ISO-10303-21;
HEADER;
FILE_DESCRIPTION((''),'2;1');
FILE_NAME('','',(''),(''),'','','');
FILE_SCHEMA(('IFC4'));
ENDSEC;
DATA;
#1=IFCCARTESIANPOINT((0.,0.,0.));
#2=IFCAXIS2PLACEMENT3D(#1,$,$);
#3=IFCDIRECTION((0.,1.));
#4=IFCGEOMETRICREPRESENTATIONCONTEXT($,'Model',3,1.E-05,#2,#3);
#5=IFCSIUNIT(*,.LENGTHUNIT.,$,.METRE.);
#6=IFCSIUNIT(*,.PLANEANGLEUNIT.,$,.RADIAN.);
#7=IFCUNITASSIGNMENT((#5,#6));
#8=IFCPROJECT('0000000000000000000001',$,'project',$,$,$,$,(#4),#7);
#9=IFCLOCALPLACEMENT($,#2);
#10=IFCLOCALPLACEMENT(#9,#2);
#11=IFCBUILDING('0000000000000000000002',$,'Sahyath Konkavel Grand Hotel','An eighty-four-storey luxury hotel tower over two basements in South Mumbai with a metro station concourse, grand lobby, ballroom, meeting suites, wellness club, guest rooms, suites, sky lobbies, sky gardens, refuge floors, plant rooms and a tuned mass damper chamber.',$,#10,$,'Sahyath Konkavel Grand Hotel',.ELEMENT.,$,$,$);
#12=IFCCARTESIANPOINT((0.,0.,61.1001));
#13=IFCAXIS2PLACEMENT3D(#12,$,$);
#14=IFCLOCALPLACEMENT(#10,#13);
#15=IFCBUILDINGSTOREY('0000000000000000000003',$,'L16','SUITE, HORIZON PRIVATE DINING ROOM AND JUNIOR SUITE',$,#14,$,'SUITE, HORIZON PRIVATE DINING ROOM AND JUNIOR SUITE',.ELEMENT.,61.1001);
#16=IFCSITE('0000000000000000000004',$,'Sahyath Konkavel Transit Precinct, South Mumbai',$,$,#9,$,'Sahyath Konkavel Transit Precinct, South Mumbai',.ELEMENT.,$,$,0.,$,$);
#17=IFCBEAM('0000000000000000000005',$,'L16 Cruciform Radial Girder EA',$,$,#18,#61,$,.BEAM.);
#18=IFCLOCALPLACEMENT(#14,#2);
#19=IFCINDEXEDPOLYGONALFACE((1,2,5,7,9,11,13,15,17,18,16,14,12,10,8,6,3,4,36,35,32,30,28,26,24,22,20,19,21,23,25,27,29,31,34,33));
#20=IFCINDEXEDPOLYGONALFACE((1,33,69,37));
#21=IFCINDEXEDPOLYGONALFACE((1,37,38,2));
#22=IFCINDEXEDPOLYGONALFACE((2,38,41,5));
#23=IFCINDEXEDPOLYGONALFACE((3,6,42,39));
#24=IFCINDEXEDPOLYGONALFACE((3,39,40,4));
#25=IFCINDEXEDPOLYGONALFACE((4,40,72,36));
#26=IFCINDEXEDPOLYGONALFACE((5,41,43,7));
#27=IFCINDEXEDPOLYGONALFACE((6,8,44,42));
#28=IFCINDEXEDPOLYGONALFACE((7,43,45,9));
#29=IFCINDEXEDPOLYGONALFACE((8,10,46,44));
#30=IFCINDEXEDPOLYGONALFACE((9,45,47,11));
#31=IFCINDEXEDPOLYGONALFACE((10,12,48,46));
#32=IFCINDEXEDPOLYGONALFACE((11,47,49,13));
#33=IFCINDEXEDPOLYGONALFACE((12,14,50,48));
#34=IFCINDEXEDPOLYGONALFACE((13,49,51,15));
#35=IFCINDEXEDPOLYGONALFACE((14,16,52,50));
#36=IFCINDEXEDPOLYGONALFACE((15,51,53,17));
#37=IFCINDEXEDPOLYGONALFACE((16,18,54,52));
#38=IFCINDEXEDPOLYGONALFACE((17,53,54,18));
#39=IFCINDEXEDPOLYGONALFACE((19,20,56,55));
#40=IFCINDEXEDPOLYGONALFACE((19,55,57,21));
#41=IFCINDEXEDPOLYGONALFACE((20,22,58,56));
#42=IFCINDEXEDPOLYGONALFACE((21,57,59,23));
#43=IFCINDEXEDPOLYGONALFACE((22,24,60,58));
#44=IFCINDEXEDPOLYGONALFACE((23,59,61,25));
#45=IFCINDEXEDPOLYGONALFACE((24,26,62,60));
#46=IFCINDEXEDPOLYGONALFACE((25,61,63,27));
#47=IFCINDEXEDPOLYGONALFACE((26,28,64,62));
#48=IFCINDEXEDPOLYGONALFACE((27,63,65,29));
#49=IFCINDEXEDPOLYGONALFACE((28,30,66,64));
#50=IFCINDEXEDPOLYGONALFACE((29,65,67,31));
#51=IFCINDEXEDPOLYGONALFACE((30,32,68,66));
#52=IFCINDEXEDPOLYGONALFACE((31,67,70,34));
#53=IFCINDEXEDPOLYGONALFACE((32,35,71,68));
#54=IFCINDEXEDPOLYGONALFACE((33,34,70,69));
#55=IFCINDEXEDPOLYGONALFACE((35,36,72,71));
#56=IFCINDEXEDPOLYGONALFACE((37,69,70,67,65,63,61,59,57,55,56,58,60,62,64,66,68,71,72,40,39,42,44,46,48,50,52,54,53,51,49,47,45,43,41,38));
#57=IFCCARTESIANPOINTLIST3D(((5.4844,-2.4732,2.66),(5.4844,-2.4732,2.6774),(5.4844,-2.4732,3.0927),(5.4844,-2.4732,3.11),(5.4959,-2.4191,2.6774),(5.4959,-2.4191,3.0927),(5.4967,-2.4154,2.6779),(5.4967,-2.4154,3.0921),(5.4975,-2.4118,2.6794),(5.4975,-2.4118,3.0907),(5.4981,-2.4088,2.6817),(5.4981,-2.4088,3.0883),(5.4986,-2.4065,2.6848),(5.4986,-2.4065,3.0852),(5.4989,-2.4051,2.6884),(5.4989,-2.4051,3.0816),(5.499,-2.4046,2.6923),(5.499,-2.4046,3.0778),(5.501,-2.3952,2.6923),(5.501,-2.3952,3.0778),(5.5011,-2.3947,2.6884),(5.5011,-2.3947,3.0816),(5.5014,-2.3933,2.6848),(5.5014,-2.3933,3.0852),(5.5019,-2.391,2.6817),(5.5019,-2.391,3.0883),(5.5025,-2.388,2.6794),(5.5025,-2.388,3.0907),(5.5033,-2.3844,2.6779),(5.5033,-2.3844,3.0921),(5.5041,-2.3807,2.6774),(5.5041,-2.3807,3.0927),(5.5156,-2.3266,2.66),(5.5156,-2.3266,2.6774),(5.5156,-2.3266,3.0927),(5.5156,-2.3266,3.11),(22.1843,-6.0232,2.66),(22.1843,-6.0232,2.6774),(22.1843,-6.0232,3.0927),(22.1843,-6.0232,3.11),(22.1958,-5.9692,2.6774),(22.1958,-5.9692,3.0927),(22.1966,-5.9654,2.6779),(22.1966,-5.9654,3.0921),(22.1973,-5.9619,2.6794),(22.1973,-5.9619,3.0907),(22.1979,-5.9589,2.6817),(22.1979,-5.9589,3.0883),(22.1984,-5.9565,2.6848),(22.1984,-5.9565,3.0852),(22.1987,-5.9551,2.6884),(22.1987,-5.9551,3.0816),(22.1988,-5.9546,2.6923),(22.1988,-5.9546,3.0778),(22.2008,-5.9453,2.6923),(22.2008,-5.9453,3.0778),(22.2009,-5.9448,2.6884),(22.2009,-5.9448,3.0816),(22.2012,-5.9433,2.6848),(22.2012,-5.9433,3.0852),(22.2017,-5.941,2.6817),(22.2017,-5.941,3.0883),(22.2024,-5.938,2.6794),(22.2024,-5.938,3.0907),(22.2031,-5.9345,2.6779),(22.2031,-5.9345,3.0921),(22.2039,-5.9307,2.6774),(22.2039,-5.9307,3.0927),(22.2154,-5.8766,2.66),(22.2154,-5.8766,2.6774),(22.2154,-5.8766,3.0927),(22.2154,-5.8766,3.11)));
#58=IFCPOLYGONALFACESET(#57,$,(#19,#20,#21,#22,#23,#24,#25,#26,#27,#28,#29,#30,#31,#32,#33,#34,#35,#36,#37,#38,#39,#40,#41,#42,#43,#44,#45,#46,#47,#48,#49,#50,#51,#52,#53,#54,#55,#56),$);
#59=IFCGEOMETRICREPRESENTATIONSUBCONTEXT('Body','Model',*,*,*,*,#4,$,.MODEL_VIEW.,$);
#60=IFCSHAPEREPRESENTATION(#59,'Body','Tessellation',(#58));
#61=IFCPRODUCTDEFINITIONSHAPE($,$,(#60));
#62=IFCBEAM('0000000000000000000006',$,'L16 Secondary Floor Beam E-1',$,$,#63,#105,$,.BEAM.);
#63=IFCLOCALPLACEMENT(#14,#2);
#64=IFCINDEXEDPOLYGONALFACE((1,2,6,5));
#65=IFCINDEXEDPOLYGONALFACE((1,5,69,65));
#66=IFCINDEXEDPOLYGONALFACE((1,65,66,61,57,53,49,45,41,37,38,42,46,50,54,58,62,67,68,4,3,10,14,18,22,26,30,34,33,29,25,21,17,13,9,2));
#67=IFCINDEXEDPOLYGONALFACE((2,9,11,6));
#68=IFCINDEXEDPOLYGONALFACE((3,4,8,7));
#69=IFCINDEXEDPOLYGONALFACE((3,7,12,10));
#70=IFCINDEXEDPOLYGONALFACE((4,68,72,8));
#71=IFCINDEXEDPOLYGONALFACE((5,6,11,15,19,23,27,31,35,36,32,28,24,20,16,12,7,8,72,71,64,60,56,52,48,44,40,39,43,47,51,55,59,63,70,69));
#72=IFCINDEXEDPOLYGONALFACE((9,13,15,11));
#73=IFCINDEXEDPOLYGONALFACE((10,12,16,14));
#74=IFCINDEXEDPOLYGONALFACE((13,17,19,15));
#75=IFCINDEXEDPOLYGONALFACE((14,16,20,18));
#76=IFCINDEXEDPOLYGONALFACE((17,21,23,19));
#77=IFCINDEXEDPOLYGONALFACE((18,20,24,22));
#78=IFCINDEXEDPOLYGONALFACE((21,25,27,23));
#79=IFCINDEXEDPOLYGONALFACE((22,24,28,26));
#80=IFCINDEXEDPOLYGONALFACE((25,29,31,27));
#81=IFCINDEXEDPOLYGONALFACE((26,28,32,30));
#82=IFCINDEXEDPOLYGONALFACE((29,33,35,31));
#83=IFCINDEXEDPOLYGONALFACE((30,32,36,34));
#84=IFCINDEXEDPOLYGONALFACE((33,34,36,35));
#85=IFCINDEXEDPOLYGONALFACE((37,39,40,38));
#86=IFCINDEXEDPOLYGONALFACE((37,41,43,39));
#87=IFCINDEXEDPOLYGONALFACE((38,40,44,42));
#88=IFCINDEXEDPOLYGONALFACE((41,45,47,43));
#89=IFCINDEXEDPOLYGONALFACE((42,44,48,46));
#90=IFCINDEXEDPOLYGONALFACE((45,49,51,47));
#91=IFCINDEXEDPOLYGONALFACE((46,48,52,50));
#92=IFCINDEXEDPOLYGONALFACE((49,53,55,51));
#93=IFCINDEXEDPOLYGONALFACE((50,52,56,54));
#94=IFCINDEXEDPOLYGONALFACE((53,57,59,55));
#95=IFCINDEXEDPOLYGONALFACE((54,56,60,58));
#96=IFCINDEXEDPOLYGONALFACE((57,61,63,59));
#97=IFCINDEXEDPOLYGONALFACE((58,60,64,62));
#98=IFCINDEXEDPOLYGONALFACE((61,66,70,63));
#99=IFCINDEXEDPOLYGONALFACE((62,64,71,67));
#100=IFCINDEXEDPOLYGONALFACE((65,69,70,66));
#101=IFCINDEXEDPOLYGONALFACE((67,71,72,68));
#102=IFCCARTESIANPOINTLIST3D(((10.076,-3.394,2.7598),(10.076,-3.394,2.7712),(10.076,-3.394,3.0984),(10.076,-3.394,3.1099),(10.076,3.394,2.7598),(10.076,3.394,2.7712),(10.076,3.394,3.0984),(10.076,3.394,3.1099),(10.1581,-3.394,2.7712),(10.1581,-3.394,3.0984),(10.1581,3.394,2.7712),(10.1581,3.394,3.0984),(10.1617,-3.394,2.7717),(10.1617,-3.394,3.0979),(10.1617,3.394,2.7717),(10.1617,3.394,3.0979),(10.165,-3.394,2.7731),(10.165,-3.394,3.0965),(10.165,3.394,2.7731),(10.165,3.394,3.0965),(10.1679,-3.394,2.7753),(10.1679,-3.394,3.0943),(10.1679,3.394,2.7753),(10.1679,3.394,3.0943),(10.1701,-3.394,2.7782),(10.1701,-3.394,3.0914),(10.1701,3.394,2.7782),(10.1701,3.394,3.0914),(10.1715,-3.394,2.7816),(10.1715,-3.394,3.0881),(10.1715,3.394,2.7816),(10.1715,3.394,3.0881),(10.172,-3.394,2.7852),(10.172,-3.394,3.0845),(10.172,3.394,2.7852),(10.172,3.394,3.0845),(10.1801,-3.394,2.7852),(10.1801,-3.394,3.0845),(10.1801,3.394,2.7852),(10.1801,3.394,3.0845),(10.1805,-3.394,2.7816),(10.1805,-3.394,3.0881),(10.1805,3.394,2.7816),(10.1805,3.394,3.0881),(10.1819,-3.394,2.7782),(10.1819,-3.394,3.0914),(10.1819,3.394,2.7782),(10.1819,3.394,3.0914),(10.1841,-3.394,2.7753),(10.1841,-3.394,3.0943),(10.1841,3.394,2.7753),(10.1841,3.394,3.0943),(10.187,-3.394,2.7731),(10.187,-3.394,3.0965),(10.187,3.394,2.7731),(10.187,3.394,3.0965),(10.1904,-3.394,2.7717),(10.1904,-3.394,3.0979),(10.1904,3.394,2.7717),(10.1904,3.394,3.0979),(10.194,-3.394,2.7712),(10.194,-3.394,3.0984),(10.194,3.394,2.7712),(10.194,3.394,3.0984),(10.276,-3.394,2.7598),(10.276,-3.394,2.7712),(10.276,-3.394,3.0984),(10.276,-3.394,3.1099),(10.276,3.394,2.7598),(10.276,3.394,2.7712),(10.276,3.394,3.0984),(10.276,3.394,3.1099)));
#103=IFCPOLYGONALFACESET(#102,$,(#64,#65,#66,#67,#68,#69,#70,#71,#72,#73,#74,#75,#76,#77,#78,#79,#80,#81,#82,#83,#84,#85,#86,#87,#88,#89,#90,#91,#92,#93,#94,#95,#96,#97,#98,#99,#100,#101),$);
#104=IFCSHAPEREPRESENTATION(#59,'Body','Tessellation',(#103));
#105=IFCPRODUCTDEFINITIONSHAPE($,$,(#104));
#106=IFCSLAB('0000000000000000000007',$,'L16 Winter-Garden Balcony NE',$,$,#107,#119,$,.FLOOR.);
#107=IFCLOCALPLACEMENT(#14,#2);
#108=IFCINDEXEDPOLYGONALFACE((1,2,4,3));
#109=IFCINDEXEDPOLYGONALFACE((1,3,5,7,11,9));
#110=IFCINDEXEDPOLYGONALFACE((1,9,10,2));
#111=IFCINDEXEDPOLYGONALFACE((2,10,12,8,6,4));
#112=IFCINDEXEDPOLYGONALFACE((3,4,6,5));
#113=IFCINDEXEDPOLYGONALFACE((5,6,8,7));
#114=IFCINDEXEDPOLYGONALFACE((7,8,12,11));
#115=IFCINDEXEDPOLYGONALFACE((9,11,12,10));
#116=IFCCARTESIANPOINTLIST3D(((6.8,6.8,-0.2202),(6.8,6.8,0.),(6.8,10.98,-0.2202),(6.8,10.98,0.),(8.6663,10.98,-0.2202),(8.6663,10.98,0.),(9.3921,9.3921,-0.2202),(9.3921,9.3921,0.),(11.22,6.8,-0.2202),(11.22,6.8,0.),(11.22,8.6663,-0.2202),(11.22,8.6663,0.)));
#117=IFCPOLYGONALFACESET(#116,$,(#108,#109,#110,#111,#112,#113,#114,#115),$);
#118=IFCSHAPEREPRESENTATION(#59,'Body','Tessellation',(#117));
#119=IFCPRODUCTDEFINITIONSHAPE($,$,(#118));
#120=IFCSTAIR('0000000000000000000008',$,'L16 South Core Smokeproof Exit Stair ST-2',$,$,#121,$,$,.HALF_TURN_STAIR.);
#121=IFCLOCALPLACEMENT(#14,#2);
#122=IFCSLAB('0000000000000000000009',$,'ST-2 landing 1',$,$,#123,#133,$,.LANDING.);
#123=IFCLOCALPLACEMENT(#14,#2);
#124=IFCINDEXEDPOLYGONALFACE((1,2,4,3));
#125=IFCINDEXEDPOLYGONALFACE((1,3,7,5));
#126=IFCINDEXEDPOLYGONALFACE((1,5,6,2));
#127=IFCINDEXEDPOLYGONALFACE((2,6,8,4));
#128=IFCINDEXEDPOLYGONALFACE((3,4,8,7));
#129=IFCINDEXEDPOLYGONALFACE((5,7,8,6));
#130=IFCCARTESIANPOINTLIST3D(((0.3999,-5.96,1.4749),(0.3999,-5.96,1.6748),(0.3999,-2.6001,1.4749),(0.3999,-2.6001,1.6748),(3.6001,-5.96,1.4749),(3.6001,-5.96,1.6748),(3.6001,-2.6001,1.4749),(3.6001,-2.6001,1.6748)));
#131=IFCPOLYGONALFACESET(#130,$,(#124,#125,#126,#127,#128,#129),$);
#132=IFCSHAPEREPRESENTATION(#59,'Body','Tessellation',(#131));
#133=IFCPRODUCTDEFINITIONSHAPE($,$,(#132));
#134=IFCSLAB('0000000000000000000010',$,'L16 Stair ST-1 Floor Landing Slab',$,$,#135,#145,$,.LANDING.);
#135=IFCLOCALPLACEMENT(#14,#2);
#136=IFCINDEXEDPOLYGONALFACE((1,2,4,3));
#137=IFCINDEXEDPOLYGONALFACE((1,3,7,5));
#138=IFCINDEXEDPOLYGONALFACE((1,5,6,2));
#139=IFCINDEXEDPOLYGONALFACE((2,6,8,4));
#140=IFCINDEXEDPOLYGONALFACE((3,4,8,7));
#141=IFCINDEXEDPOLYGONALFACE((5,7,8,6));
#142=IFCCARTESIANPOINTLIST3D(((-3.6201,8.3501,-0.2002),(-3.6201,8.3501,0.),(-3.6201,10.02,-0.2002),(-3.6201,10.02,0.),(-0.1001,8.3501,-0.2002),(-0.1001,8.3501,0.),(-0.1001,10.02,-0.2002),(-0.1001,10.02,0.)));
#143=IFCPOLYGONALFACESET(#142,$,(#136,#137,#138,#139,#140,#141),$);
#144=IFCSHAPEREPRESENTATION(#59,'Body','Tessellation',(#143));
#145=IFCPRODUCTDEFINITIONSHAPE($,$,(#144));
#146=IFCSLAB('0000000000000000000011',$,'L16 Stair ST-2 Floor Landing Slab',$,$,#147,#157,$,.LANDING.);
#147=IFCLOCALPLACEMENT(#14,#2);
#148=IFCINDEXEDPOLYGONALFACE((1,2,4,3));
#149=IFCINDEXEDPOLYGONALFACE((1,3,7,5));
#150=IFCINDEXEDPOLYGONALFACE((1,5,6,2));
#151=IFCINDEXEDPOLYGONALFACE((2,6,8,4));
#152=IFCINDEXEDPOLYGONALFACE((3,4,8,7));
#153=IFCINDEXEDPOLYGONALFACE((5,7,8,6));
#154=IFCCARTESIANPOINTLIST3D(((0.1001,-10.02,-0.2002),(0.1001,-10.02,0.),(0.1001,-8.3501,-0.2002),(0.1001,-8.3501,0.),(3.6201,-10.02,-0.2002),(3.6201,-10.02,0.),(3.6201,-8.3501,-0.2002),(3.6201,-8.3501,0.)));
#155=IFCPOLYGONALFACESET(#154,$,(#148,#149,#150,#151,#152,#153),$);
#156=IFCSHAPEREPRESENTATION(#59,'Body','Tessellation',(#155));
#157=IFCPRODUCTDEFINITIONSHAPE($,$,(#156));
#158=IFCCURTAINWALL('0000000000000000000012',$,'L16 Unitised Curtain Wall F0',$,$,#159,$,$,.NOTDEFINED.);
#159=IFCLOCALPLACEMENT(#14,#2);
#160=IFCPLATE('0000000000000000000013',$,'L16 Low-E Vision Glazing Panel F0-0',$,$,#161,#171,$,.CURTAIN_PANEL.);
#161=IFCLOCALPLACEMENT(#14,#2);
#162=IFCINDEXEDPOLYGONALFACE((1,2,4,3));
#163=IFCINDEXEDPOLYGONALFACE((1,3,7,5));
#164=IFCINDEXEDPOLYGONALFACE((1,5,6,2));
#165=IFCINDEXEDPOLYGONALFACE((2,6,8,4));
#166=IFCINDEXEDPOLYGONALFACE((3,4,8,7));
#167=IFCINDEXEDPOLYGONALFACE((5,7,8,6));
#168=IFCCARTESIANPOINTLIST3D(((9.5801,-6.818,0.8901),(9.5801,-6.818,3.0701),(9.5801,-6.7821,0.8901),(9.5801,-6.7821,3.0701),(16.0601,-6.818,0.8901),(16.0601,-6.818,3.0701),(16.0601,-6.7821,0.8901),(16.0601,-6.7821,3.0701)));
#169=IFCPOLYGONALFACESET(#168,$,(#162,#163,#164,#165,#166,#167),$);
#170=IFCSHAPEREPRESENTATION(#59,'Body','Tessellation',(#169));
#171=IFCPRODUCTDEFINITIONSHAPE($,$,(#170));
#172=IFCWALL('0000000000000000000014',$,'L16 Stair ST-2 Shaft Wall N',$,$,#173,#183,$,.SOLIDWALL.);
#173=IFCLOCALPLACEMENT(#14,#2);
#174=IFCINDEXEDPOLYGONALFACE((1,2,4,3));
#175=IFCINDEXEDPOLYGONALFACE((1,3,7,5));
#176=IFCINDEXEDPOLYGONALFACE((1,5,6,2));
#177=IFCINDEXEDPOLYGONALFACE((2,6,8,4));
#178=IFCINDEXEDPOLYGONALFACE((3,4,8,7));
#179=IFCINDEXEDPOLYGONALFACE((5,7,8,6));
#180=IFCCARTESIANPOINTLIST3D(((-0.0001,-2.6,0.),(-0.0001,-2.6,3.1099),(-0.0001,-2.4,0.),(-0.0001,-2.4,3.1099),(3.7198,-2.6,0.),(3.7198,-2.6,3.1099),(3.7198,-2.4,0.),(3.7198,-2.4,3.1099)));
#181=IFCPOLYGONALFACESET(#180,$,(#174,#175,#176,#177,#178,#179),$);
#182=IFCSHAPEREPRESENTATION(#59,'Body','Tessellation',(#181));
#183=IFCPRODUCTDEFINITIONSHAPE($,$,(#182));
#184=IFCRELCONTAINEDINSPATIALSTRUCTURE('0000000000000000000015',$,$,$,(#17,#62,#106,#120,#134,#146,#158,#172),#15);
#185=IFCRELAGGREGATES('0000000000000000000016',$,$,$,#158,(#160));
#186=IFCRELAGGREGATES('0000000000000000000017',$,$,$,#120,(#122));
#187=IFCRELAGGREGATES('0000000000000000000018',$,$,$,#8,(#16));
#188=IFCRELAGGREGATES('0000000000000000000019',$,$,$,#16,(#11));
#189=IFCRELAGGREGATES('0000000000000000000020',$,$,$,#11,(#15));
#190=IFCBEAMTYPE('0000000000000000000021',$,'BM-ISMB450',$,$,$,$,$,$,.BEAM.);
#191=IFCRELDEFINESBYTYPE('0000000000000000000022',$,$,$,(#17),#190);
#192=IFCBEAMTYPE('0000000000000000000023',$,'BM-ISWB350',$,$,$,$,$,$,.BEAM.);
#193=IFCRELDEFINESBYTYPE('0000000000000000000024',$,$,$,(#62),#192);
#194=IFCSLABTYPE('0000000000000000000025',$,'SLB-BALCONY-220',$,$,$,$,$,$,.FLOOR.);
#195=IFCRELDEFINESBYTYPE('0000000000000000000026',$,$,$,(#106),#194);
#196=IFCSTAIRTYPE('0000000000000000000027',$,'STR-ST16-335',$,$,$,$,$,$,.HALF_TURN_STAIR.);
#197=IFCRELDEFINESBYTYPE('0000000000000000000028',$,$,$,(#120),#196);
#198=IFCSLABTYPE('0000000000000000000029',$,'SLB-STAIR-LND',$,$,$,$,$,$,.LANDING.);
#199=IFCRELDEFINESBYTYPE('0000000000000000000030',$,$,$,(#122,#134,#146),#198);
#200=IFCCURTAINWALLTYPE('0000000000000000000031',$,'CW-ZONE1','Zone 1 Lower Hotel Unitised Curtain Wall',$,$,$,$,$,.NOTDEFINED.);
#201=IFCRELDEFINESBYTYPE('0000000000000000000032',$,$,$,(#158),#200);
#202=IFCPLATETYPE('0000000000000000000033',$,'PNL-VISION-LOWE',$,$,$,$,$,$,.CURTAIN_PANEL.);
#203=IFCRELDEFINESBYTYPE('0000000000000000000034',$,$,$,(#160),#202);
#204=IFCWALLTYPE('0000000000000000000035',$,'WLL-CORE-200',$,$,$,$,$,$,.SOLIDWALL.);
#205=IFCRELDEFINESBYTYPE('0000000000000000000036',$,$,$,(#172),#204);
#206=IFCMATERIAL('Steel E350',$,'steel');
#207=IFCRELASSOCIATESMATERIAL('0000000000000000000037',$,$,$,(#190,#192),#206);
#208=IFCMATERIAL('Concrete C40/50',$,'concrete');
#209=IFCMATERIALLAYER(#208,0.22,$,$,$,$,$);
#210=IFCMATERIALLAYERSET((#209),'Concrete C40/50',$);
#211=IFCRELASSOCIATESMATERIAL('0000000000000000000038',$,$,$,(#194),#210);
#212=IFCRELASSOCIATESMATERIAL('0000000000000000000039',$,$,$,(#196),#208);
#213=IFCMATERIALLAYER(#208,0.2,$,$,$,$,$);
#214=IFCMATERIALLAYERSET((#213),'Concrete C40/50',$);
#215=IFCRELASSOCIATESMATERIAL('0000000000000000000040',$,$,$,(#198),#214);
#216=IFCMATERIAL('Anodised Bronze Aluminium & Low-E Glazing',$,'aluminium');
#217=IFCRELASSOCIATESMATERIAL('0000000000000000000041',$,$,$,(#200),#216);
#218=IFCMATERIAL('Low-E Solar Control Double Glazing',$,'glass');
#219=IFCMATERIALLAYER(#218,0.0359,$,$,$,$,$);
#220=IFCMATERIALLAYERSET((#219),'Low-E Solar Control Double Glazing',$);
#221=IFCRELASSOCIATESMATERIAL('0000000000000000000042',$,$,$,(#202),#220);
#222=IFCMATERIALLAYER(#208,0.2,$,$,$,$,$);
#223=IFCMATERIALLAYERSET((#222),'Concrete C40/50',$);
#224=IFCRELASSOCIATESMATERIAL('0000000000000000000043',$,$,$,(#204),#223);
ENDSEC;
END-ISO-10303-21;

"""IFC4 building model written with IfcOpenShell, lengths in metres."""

from ifc_helpers import new_model, si_unit, direction, frame, frame_2d, origin, origin_2d, place, context, subcontext, project, spatial, polyline, rectangle, i_section, outline, extrude, source, transform, mapped, material, layer, layer_set, material_profile, profile_set, type_object, element, aggregate, save


model = new_model("IFC4")

# Units and contexts
model_context = context("Model", 3, precision=1e-05, world=origin(), true_north=direction((0.0, 1.0)))
body_context = subcontext(model_context, "Body", "Model", "MODEL_VIEW")
ifc_project = project(units=[si_unit("LENGTHUNIT", "METRE"), si_unit("PLANEANGLEUNIT", "RADIAN")], contexts=[model_context])

# Site, building, storey
site_placement = place(None, origin())
site = spatial("IfcSite", under=ifc_project, at=site_placement, Name="Sahyath Konkavel Transit Precinct, South Mumbai", LongName="Sahyath Konkavel Transit Precinct, South Mumbai", CompositionType="ELEMENT", RefElevation=0.0)
building_placement = place(site_placement, origin())
building = spatial("IfcBuilding", under=site, at=building_placement, Name="Sahyath Konkavel Grand Hotel", Description="An eighty-four-storey luxury hotel tower over two basements in South Mumbai with a metro station concourse, grand lobby, ballroom, meeting suites, wellness club, guest rooms, suites, sky lobbies, sky gardens, refuge floors, plant rooms and a tuned mass damper chamber.", LongName="Sahyath Konkavel Grand Hotel", CompositionType="ELEMENT")
storey_placement = place(building_placement, frame((0.0, 0.0, 61.1001)))
storey = spatial("IfcBuildingStorey", under=building, at=storey_placement, Name="L16", Description="SUITE, HORIZON PRIVATE DINING ROOM AND JUNIOR SUITE", LongName="SUITE, HORIZON PRIVATE DINING ROOM AND JUNIOR SUITE", CompositionType="ELEMENT", Elevation=61.1001)

# Beams
ifc_material_1 = material(Name="Steel E350", Category="steel")
ifc_material_profile_1 = material_profile(ifc_material_1, i_section(OverallWidth=0.1499, OverallDepth=0.45, WebThickness=0.0095, FlangeThickness=0.0173, FilletRadius=0.0149, at=origin_2d()), Name="ISMB 450")
ifc_profile_set_1 = profile_set([ifc_material_profile_1], Name="Steel E350")
beam_type_1 = type_object("IfcBeamType", Name="BM-ISMB450", PredefinedType="BEAM", material=ifc_profile_set_1)
shared_shape_1 = source(origin(), body_context, "Body", "SweptSolid", [
    extrude(i_section(OverallWidth=0.1499, OverallDepth=0.45, WebThickness=0.0095, FlangeThickness=0.0173, FilletRadius=0.0149, at=origin_2d()), origin(), (0.0, 0.0, 1.0), 17.073),
])
beam_1_placement = place(storey_placement, frame((5.5, -2.3999, 2.885), z_axis=(0.978143, -0.207932, 0.0), x_axis=(0.207932, 0.978143, 0.0)))
element("IfcBeam", 1, at=beam_1_placement, inside=storey, type_object=beam_type_1, Name="L16 Cruciform Radial Girder EA", PredefinedType="BEAM", context=body_context, shape_type="MappedRepresentation", body=[
    mapped(shared_shape_1, transform((0.0, 0.0, 0.0), scale=1.0)),
])
ifc_material_profile_2 = material_profile(ifc_material_1, i_section(OverallWidth=0.2, OverallDepth=0.3501, WebThickness=0.0081, FlangeThickness=0.0115, FilletRadius=0.0139, at=origin_2d()), Name="ISWB 350")
ifc_profile_set_2 = profile_set([ifc_material_profile_2], Name="Steel E350")
beam_type_2 = type_object("IfcBeamType", Name="BM-ISWB350", PredefinedType="BEAM", material=ifc_profile_set_2)
shared_shape_2 = source(origin(), body_context, "Body", "SweptSolid", [
    extrude(i_section(OverallWidth=0.2, OverallDepth=0.3501, WebThickness=0.0081, FlangeThickness=0.0115, FilletRadius=0.0139, at=origin_2d()), origin(), (0.0, 0.0, 1.0), 6.7881),
])
beam_2_placement = place(storey_placement, frame((10.176, -3.394, 2.9348), z_axis=(0.0, 1.0, 0.0), x_axis=(-1.0, 0.0, 0.0)))
element("IfcBeam", 2, at=beam_2_placement, inside=storey, type_object=beam_type_2, Name="L16 Secondary Floor Beam E-1", PredefinedType="BEAM", context=body_context, shape_type="MappedRepresentation", body=[
    mapped(shared_shape_2, transform((0.0, 0.0, 0.0), scale=1.0)),
])

# Slab
ifc_material_2 = material(Name="Concrete C40/50", Category="concrete")
ifc_layer_1 = layer(ifc_material_2, 0.22)
ifc_layer_set_1 = layer_set([ifc_layer_1], Name="Concrete C40/50")
slab_type_1 = type_object("IfcSlabType", Name="SLB-BALCONY-220", PredefinedType="FLOOR", material=ifc_layer_set_1)
slab_1_placement = place(storey_placement, frame((0.0, 0.0, -0.2202)))
element("IfcSlab", 3, at=slab_1_placement, inside=storey, type_object=slab_type_1, Name="L16 Winter-Garden Balcony NE", PredefinedType="FLOOR", context=body_context, shape_type="SweptSolid", body=[
    extrude(outline(polyline([(6.8, 6.8), (11.22, 6.8), (11.22, 8.6663), (9.3921, 9.3921), (8.6663, 10.98), (6.8, 10.98), (6.8, 6.8)])), origin(), (0.0, 0.0, 1.0), 0.2202),
])

# Stair, slab
stair_type = type_object("IfcStairType", Name="STR-ST16-335", PredefinedType="HALF_TURN_STAIR", material=ifc_material_2)
stair_placement = place(storey_placement, origin())
stair = element("IfcStair", 4, at=stair_placement, inside=storey, type_object=stair_type, Name="L16 South Core Smokeproof Exit Stair ST-2", PredefinedType="HALF_TURN_STAIR")
ifc_layer_2 = layer(ifc_material_2, 0.2)
ifc_layer_set_2 = layer_set([ifc_layer_2], Name="Concrete C40/50")
slab_type_2 = type_object("IfcSlabType", Name="SLB-STAIR-LND", PredefinedType="LANDING", material=ifc_layer_set_2)
slab_2_placement = place(storey_placement, frame((0.0, 0.0, 1.4749)))
slab_2 = element("IfcSlab", 5, at=slab_2_placement, type_object=slab_type_2, Name="ST-2 landing 1", PredefinedType="LANDING", context=body_context, shape_type="SweptSolid", body=[
    extrude(outline(polyline([(3.6001, -5.96), (3.6001, -2.6001), (0.3999, -2.6001), (0.3999, -5.96), (3.6001, -5.96)])), origin(), (0.0, 0.0, 1.0), 0.2),
])

# Slabs
slab_3_placement = place(storey_placement, frame((0.0, 0.0, -0.2002)))
element("IfcSlab", 6, at=slab_3_placement, inside=storey, type_object=slab_type_2, Name="L16 Stair ST-1 Floor Landing Slab", PredefinedType="LANDING", context=body_context, shape_type="SweptSolid", body=[
    extrude(outline(polyline([(-3.6201, 8.3501), (-0.1001, 8.3501), (-0.1001, 10.02), (-3.6201, 10.02), (-3.6201, 8.3501)])), origin(), (0.0, 0.0, 1.0), 0.2002),
])
slab_4_placement = place(storey_placement, frame((0.0, 0.0, -0.2002)))
element("IfcSlab", 7, at=slab_4_placement, inside=storey, type_object=slab_type_2, Name="L16 Stair ST-2 Floor Landing Slab", PredefinedType="LANDING", context=body_context, shape_type="SweptSolid", body=[
    extrude(outline(polyline([(0.1001, -10.02), (3.6201, -10.02), (3.6201, -8.3501), (0.1001, -8.3501), (0.1001, -10.02)])), origin(), (0.0, 0.0, 1.0), 0.2002),
])

# Curtain wall, plate
ifc_material_3 = material(Name="Anodised Bronze Aluminium & Low-E Glazing", Category="aluminium")
curtain_wall_type = type_object("IfcCurtainWallType", Name="CW-ZONE1", Description="Zone 1 Lower Hotel Unitised Curtain Wall", PredefinedType="NOTDEFINED", material=ifc_material_3)
curtain_wall_placement = place(storey_placement, origin())
curtain_wall = element("IfcCurtainWall", 8, at=curtain_wall_placement, inside=storey, type_object=curtain_wall_type, Name="L16 Unitised Curtain Wall F0", PredefinedType="NOTDEFINED")
ifc_material_4 = material(Name="Low-E Solar Control Double Glazing", Category="glass")
ifc_layer_3 = layer(ifc_material_4, 0.0359)
ifc_layer_set_3 = layer_set([ifc_layer_3], Name="Low-E Solar Control Double Glazing")
plate_type = type_object("IfcPlateType", Name="PNL-VISION-LOWE", PredefinedType="CURTAIN_PANEL", material=ifc_layer_set_3)
shared_shape_3 = source(origin(), body_context, "Body", "SweptSolid", [
    extrude(rectangle(XDim=6.48, YDim=0.0359, at=origin_2d()), origin(), (0.0, 0.0, 1.0), 2.1799),
])
plate_placement = place(storey_placement, frame((12.8201, -6.8, 0.8901), z_axis=(0.0, 0.0, 1.0), x_axis=(1.0, 0.0, 0.0)))
plate = element("IfcPlate", 9, at=plate_placement, type_object=plate_type, Name="L16 Low-E Vision Glazing Panel F0-0", PredefinedType="CURTAIN_PANEL", context=body_context, shape_type="MappedRepresentation", body=[
    mapped(shared_shape_3, transform((0.0, 0.0, 0.0), scale=1.0)),
])
aggregate(curtain_wall, [plate])

# Wall
ifc_layer_4 = layer(ifc_material_2, 0.2)
ifc_layer_set_4 = layer_set([ifc_layer_4], Name="Concrete C40/50")
wall_type_1 = type_object("IfcWallType", Name="WLL-CORE-200", PredefinedType="SOLIDWALL", material=ifc_layer_set_4)
wall_1_placement = place(storey_placement, frame((0.0, -2.5, 0.0), z_axis=(0.0, 0.0, 1.0), x_axis=(1.0, 0.0, 0.0)))
element("IfcWall", 10, at=wall_1_placement, inside=storey, type_object=wall_type_1, Name="L16 Stair ST-2 Shaft Wall N", PredefinedType="SOLIDWALL", context=body_context, shape_type="SweptSolid", body=[
    extrude(rectangle(XDim=3.72, YDim=0.2, at=frame_2d((1.8599, 0.0))), origin(), (0.0, 0.0, 1.0), 3.1099),
])

aggregate(stair, [slab_2])

save(model, "model.ifc")
